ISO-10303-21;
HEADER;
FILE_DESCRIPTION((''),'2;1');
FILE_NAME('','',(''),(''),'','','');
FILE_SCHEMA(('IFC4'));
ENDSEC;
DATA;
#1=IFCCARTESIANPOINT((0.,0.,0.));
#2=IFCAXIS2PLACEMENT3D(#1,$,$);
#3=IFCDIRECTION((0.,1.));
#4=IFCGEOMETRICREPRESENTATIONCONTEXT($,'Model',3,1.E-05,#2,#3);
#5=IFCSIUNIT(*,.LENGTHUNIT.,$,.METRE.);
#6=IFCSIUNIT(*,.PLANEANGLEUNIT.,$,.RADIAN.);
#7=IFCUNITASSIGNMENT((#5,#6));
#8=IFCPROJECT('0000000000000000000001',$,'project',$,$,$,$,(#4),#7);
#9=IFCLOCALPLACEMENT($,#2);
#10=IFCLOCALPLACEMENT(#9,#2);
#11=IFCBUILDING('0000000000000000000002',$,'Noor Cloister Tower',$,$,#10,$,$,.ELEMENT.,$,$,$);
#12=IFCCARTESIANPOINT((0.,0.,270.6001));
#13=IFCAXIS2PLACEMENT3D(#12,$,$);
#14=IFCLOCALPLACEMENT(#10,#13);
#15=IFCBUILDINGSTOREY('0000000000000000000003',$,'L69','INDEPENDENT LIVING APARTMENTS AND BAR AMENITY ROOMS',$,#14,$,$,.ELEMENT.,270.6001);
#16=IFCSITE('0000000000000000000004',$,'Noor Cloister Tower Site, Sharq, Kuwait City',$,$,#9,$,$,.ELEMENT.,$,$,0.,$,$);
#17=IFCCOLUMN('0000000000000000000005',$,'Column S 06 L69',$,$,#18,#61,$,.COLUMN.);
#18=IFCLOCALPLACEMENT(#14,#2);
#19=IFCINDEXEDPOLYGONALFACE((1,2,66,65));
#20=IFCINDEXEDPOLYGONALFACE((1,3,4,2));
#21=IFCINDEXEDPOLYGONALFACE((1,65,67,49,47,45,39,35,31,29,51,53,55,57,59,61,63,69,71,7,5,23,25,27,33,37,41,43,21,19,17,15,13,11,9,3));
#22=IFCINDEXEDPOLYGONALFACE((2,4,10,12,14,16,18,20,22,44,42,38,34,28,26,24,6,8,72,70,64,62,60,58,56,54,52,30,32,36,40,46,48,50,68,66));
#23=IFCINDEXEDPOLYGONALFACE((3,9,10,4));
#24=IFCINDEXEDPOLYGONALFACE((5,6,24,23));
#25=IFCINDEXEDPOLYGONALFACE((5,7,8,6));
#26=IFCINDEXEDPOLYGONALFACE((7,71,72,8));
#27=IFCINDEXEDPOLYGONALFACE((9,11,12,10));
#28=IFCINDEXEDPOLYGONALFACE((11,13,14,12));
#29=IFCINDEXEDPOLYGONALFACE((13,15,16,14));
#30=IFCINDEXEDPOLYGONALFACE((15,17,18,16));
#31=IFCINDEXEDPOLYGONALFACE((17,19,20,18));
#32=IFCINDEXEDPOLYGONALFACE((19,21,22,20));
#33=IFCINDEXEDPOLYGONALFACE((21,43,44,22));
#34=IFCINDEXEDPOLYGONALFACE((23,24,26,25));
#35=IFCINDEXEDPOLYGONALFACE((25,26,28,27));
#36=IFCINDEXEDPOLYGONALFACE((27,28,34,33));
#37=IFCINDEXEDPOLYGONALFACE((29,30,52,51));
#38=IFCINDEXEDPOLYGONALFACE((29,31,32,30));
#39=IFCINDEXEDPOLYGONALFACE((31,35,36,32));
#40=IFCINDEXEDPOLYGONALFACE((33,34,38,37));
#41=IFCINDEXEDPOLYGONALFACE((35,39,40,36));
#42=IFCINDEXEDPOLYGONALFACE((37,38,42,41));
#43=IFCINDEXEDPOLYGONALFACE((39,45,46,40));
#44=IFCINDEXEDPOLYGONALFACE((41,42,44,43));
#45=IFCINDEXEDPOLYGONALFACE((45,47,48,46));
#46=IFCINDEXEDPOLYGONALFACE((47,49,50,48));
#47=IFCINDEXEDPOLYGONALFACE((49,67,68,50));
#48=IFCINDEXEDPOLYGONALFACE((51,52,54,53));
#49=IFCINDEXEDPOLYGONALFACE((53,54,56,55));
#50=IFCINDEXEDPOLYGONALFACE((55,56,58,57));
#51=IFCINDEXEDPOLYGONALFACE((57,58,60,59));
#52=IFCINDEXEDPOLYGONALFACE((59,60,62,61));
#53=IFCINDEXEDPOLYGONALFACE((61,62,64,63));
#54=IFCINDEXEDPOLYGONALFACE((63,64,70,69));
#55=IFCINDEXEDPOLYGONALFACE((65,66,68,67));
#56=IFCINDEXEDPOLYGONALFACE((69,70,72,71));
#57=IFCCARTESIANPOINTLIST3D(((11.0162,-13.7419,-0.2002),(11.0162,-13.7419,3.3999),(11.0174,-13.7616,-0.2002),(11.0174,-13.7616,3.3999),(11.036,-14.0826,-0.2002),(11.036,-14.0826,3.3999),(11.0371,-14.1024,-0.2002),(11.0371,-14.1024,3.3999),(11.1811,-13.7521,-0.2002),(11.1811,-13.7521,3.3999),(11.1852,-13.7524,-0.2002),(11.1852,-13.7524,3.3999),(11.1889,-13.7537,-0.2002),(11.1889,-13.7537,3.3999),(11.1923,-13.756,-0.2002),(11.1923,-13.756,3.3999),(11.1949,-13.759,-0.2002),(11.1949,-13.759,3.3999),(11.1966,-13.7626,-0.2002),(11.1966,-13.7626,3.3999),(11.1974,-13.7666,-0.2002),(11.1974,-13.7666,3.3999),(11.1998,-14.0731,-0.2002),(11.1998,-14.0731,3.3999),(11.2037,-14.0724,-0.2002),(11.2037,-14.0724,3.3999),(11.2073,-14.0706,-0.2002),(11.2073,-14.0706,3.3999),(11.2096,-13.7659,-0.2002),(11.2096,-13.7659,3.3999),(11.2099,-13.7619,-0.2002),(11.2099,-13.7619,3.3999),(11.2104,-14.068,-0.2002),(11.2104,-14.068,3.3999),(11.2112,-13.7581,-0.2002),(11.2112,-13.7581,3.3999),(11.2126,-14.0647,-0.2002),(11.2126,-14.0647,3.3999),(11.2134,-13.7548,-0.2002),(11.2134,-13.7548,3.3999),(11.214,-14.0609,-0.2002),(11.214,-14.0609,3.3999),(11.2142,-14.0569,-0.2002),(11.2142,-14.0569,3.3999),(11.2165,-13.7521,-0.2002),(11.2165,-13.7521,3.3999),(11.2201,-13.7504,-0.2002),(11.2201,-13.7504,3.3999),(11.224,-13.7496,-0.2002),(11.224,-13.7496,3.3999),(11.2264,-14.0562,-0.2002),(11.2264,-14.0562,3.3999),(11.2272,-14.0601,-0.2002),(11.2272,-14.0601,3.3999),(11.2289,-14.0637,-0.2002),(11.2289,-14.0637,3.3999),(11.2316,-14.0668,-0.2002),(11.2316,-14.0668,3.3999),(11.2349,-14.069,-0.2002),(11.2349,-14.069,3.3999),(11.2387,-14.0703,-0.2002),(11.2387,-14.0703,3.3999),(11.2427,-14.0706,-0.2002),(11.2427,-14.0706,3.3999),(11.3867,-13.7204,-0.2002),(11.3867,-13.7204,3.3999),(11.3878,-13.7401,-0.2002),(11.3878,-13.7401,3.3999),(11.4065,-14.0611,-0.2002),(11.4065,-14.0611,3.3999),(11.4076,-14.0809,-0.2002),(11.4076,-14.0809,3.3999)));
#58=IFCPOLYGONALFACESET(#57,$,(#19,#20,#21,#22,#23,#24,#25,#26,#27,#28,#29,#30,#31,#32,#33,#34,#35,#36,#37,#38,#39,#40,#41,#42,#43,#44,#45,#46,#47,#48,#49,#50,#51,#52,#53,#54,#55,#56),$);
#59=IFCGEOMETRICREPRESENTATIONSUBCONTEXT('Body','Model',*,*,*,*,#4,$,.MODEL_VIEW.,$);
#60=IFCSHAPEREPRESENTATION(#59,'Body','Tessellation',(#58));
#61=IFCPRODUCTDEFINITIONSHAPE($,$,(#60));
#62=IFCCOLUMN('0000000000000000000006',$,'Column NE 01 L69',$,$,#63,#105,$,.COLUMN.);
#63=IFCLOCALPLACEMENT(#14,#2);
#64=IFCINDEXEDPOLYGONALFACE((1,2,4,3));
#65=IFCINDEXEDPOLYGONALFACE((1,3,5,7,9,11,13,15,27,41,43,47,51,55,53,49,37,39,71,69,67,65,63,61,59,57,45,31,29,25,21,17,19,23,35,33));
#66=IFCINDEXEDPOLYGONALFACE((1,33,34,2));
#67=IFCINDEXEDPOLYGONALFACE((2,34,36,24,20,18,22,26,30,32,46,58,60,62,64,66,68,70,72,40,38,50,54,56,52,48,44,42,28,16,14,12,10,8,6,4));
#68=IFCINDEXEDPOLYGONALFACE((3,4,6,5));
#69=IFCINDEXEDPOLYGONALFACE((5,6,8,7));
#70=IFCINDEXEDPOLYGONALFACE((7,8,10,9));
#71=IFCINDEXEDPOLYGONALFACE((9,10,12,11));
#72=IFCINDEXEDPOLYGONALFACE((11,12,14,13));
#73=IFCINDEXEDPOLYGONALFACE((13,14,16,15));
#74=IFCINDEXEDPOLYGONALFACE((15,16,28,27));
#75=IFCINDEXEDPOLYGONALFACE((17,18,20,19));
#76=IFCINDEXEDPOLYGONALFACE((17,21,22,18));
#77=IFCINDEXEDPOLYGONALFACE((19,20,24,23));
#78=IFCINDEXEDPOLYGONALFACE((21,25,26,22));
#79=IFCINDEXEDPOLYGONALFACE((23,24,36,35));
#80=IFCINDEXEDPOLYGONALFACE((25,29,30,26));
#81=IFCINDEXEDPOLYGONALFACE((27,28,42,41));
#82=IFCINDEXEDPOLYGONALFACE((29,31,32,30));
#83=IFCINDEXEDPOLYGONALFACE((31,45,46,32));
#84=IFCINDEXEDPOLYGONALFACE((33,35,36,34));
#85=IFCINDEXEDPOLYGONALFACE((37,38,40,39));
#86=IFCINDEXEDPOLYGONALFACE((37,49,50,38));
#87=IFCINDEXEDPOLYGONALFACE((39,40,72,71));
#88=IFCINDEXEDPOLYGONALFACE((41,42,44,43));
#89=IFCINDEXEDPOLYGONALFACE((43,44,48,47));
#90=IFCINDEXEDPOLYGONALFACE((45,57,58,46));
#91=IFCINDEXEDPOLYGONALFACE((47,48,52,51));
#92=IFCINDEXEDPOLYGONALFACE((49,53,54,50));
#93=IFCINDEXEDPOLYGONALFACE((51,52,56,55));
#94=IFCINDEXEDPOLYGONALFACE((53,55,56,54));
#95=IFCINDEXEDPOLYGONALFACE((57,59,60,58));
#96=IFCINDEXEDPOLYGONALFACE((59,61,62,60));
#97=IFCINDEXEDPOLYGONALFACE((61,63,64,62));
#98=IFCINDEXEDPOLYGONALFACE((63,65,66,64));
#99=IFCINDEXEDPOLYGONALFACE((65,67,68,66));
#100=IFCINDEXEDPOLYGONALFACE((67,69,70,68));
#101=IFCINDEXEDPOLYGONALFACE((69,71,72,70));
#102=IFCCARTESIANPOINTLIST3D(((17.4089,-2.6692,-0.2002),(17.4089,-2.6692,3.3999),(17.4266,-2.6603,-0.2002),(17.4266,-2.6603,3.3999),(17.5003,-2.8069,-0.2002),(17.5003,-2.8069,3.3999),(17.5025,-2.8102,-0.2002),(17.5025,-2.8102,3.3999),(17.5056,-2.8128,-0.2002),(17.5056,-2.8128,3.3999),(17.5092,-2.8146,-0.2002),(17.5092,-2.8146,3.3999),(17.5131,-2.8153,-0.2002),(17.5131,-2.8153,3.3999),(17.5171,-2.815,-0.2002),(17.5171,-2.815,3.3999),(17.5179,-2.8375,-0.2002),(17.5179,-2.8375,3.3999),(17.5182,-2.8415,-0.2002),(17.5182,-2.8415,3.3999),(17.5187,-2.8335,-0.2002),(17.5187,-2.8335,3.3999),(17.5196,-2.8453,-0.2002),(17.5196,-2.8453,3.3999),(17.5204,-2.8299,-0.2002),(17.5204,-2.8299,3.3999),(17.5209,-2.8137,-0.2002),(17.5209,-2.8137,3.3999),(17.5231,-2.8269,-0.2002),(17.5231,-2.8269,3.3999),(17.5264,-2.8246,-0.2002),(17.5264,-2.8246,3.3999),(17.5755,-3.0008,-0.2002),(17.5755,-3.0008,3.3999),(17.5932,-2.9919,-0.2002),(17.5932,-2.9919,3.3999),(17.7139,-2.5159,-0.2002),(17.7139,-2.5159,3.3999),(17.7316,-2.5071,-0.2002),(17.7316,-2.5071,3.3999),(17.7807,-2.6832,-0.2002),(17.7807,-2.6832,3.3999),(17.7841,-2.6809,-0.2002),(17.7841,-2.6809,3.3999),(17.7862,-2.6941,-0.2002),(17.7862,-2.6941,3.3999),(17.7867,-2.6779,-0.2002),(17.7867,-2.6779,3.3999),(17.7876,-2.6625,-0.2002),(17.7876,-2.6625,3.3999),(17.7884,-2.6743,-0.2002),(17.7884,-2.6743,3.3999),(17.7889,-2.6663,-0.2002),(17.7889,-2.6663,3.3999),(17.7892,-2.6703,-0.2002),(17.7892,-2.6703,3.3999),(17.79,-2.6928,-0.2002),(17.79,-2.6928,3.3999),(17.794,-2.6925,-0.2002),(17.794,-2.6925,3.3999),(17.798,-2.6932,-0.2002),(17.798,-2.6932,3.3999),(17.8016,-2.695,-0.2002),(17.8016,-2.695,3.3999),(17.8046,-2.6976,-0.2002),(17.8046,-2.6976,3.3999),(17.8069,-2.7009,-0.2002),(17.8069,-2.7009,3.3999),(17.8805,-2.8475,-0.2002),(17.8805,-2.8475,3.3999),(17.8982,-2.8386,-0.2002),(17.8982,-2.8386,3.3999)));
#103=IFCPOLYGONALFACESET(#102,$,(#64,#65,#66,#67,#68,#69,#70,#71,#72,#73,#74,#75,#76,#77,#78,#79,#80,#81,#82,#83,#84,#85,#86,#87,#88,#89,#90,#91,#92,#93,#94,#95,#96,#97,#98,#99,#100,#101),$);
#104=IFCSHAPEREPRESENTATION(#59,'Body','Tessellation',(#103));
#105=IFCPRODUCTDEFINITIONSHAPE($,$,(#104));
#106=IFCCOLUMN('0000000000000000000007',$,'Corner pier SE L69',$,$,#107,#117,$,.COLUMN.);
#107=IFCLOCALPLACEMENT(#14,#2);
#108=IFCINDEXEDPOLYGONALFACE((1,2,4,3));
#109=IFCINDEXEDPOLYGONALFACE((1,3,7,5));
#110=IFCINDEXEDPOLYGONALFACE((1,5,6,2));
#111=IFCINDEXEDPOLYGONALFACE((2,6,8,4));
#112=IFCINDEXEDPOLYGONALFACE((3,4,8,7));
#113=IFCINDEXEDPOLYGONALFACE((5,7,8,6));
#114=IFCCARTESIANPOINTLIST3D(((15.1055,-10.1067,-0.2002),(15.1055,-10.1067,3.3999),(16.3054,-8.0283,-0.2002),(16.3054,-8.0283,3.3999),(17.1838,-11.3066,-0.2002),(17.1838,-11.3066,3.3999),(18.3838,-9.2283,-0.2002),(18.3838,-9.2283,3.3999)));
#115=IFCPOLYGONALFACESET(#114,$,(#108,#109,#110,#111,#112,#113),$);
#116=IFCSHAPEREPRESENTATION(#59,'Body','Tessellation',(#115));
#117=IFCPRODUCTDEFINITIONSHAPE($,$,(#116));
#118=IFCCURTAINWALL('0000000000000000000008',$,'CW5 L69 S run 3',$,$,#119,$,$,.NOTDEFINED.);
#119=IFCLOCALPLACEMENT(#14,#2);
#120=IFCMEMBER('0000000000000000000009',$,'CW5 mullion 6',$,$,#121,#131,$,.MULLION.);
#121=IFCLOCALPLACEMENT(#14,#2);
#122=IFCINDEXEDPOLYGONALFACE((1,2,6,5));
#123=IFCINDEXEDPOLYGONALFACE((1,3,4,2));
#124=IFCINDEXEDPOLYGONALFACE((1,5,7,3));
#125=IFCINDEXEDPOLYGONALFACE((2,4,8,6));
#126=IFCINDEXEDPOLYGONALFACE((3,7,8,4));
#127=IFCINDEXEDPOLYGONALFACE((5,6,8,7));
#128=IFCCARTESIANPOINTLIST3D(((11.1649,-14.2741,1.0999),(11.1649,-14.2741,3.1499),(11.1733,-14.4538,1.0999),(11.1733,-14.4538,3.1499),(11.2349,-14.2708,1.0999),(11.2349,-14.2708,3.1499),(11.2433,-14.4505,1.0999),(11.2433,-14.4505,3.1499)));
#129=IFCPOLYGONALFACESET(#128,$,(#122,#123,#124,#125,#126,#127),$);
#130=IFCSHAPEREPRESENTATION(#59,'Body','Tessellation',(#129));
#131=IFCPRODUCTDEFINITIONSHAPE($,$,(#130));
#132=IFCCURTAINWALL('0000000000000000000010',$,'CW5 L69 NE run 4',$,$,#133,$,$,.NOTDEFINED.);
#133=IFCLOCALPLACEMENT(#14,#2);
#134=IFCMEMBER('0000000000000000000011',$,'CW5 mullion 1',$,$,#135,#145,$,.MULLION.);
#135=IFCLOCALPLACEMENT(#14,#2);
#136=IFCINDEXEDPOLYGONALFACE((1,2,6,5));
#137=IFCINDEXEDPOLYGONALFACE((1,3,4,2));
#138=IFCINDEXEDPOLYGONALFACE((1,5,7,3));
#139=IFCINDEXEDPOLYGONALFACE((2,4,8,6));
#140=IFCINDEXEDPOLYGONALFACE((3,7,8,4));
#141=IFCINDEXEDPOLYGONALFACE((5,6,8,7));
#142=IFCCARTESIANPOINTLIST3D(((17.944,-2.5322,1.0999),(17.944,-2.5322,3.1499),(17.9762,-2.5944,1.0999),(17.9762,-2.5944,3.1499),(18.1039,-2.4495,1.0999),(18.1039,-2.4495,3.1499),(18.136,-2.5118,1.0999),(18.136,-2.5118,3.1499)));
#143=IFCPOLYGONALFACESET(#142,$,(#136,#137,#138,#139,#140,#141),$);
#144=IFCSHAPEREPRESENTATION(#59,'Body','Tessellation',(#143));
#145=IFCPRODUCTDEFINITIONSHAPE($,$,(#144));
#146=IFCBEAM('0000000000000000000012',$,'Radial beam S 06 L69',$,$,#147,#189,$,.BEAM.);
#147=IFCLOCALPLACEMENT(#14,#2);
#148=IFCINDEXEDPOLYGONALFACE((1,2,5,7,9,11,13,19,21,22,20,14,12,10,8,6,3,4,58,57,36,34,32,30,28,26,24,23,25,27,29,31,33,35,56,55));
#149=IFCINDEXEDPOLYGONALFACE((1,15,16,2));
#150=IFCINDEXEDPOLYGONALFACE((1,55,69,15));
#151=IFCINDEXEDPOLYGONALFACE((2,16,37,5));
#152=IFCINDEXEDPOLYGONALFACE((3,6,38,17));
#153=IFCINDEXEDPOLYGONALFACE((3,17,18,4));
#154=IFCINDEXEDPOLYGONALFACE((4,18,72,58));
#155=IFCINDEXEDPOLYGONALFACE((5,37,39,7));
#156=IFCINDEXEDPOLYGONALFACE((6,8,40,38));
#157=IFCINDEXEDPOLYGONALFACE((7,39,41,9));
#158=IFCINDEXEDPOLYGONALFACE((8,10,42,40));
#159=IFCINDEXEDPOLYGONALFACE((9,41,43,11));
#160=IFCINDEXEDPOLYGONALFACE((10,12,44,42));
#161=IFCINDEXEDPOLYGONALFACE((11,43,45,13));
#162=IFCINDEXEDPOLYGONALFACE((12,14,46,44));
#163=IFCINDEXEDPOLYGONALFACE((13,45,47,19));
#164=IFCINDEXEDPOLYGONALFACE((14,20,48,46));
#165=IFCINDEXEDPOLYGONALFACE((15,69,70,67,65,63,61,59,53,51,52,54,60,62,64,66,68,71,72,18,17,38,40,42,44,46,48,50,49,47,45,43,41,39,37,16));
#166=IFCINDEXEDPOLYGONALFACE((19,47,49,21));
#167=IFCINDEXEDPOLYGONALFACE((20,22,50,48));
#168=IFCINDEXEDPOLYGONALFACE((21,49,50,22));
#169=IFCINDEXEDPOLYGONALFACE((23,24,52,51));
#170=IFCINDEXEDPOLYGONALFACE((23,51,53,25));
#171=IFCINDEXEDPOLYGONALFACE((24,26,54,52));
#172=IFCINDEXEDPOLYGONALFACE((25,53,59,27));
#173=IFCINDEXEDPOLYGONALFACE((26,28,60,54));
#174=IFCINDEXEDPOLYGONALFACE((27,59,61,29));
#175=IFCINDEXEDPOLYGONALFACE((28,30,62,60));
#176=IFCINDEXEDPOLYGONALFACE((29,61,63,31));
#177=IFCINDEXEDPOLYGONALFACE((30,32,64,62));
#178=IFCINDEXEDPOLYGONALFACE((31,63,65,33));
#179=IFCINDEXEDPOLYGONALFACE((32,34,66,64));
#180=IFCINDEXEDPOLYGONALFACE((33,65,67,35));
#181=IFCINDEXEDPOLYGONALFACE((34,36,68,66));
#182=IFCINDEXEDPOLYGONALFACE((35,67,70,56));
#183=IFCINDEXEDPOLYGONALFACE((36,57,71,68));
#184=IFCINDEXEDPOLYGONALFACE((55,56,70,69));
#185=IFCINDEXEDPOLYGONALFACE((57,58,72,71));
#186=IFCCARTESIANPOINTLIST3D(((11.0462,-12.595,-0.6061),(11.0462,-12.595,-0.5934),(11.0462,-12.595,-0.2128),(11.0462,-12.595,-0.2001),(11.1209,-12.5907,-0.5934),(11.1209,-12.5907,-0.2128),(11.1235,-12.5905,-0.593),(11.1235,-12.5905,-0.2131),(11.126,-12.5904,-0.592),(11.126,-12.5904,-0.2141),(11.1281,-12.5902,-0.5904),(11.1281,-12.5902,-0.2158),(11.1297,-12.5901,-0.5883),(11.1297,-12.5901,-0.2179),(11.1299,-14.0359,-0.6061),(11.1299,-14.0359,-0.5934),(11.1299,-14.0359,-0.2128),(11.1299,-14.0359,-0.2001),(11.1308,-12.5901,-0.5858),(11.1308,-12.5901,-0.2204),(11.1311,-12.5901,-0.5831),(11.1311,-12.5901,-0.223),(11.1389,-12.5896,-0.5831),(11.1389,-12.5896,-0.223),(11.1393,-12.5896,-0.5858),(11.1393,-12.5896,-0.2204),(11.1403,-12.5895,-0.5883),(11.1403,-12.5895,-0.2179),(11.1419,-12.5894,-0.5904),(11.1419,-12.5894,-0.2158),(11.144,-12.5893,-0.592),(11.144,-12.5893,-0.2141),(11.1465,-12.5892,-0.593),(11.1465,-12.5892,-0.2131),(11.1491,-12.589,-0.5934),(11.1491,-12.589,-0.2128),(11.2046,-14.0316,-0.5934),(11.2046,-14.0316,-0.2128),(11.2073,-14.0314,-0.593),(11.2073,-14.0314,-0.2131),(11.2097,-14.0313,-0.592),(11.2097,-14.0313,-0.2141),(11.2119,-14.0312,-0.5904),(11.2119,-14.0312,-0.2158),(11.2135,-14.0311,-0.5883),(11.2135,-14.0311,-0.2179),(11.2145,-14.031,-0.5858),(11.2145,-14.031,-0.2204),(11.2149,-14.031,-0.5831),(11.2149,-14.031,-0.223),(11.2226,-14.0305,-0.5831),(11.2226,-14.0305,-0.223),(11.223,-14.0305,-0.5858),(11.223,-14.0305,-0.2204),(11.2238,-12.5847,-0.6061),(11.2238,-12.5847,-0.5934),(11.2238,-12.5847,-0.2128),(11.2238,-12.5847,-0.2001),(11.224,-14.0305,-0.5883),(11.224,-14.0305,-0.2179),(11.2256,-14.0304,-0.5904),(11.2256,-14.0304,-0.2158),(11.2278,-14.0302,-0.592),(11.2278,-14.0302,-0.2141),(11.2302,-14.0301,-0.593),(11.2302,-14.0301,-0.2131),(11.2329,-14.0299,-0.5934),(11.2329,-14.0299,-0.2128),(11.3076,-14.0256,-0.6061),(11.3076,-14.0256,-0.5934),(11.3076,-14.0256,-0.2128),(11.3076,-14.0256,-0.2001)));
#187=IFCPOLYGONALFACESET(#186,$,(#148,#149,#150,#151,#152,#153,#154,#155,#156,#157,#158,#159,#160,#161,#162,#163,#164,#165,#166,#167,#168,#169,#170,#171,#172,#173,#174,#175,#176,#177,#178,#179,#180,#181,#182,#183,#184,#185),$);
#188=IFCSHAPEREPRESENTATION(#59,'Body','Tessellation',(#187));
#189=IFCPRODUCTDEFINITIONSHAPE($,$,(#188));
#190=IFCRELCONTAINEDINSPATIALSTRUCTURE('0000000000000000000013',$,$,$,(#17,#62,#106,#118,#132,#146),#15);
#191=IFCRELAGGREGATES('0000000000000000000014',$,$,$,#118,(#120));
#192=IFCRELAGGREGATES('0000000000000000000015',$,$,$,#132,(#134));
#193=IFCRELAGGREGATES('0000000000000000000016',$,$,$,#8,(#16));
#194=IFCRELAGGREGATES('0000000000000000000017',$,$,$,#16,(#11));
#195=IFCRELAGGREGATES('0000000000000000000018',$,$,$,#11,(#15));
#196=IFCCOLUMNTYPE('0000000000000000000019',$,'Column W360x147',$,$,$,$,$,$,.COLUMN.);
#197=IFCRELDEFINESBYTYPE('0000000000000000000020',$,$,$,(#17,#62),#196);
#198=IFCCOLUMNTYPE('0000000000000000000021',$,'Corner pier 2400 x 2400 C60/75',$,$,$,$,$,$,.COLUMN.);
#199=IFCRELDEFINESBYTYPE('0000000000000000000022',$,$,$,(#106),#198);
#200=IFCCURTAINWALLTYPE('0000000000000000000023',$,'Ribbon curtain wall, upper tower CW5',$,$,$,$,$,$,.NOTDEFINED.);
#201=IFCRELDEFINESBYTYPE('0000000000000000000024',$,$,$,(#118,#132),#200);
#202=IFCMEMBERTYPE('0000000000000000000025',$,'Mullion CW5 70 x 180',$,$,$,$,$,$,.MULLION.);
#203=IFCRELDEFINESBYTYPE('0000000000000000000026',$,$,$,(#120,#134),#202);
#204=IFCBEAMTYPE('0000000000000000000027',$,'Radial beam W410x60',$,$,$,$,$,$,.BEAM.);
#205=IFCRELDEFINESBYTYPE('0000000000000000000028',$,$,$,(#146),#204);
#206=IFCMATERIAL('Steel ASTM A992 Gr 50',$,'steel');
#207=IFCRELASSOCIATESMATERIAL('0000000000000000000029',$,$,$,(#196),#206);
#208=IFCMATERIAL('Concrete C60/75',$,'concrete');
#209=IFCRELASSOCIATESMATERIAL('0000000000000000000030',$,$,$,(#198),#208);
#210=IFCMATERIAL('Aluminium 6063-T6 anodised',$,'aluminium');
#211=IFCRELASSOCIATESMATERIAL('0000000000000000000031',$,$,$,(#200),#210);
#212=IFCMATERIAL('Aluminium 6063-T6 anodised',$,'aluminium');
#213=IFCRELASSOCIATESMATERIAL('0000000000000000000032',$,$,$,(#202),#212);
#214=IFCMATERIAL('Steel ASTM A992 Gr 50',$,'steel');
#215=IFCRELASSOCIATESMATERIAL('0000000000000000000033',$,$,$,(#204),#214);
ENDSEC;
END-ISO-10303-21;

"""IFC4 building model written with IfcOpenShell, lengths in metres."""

from ifc_helpers import new_model, si_unit, direction, frame, origin, origin_2d, place, context, subcontext, project, spatial, rectangle, i_section, extrude, material, material_profile, profile_set, type_object, element, aggregate, save


model = new_model("IFC4")

# Units and contexts
model_context = context("Model", 3, precision=1e-05, world=origin(), true_north=direction((0.0, 1.0)))
body_context = subcontext(model_context, "Body", "Model", "MODEL_VIEW")
ifc_project = project(units=[si_unit("LENGTHUNIT", "METRE"), si_unit("PLANEANGLEUNIT", "RADIAN")], contexts=[model_context])

# Site, building, storey
site_placement = place(None, origin())
site = spatial("IfcSite", under=ifc_project, at=site_placement, Name="Noor Cloister Tower Site, Sharq, Kuwait City", CompositionType="ELEMENT", RefElevation=0.0)
building_placement = place(site_placement, origin())
building = spatial("IfcBuilding", under=site, at=building_placement, Name="Noor Cloister Tower", CompositionType="ELEMENT")
storey_placement = place(building_placement, frame((0.0, 0.0, 270.6001)))
storey = spatial("IfcBuildingStorey", under=building, at=storey_placement, Name="L69", Description="INDEPENDENT LIVING APARTMENTS AND BAR AMENITY ROOMS", CompositionType="ELEMENT", Elevation=270.6001)

# Columns
ifc_material_1 = material(Name="Steel ASTM A992 Gr 50", Category="steel")
ifc_material_profile_1 = material_profile(ifc_material_1, i_section(OverallWidth=0.3711, OverallDepth=0.3611, WebThickness=0.0122, FlangeThickness=0.0198, FilletRadius=0.0154, at=origin_2d()), Name="W360x147")
ifc_profile_set_1 = profile_set([ifc_material_profile_1], Name="Steel ASTM A992 Gr 50")
column_type_1 = type_object("IfcColumnType", Name="Column W360x147", PredefinedType="COLUMN", material=ifc_profile_set_1)
for number, where, z_axis, x_axis, name in (
    (1, (11.2119, -13.9114, -0.2002), (0.0, 0.0, 1.0), (0.99832, 0.057948, 0.0), "Column S 06 L69"),
    (2, (17.6536, -2.7539, -0.2002), (0.0, 0.0, 1.0), (-0.448975, 0.893544, 0.0), "Column NE 01 L69"),
):
    element("IfcColumn", number, at=place(storey_placement, frame(where, z_axis=z_axis, x_axis=x_axis)), inside=storey, type_object=column_type_1, Name=name, PredefinedType="COLUMN", context=body_context, shape_type="SweptSolid", body=[
        extrude(i_section(OverallWidth=0.3711, OverallDepth=0.3611, WebThickness=0.0122, FlangeThickness=0.0198, FilletRadius=0.0154, at=origin_2d()), origin(), (0.0, 0.0, 1.0), 3.6001),
    ])
ifc_material_2 = material(Name="Concrete C60/75", Category="concrete")
ifc_material_profile_2 = material_profile(ifc_material_2, rectangle(XDim=2.3999, YDim=2.3999, at=origin_2d()), Name="RC 2400x2400")
ifc_profile_set_2 = profile_set([ifc_material_profile_2], Name="Concrete C60/75")
column_type_2 = type_object("IfcColumnType", Name="Corner pier 2400 x 2400 C60/75", PredefinedType="COLUMN", material=ifc_profile_set_2)
column_placement = place(storey_placement, frame((16.7446, -9.6675, -0.2002), z_axis=(0.0, 0.0, 1.0), x_axis=(0.866025, -0.5, 0.0)))
element("IfcColumn", 3, at=column_placement, inside=storey, type_object=column_type_2, Name="Corner pier SE L69", PredefinedType="COLUMN", context=body_context, shape_type="SweptSolid", body=[
    extrude(rectangle(XDim=2.3999, YDim=2.3999, at=origin_2d()), origin(), (0.0, 0.0, 1.0), 3.6001),
])

# Curtain walls, members
ifc_material_3 = material(Name="Aluminium 6063-T6 anodised", Category="aluminium")
curtain_wall_type = type_object("IfcCurtainWallType", Name="Ribbon curtain wall, upper tower CW5", PredefinedType="NOTDEFINED", material=ifc_material_3)
curtain_wall_1_placement = place(storey_placement, origin())
curtain_wall_1 = element("IfcCurtainWall", 4, at=curtain_wall_1_placement, inside=storey, type_object=curtain_wall_type, Name="CW5 L69 S run 3", PredefinedType="NOTDEFINED")
ifc_material_4 = material(Name="Aluminium 6063-T6 anodised", Category="aluminium")
ifc_material_profile_3 = material_profile(ifc_material_4, rectangle(XDim=0.1799, YDim=0.0701, at=origin_2d()), Name="180 x 70 mullion")
ifc_profile_set_3 = profile_set([ifc_material_profile_3], Name="Aluminium 6063-T6 anodised")
member_type = type_object("IfcMemberType", Name="Mullion CW5 70 x 180", PredefinedType="MULLION", material=ifc_profile_set_3)
member_1_placement = place(storey_placement, frame((11.2041, -14.3623, 1.0999), z_axis=(0.0, 0.0, 1.0), x_axis=(-0.046368, 0.998924, 0.0)))
member_1 = element("IfcMember", 5, at=member_1_placement, type_object=member_type, Name="CW5 mullion 6", PredefinedType="MULLION", context=body_context, shape_type="SweptSolid", body=[
    extrude(rectangle(XDim=0.1799, YDim=0.0701, at=origin_2d()), origin(), (0.0, 0.0, 1.0), 2.05),
])
aggregate(curtain_wall_1, [member_1])
curtain_wall_2_placement = place(storey_placement, origin())
curtain_wall_2 = element("IfcCurtainWall", 6, at=curtain_wall_2_placement, inside=storey, type_object=curtain_wall_type, Name="CW5 L69 NE run 4", PredefinedType="NOTDEFINED")
member_2_placement = place(storey_placement, frame((18.04, -2.522, 1.0999), z_axis=(0.0, 0.0, 1.0), x_axis=(-0.888278, -0.459306, 0.0)))
member_2 = element("IfcMember", 7, at=member_2_placement, type_object=member_type, Name="CW5 mullion 1", PredefinedType="MULLION", context=body_context, shape_type="SweptSolid", body=[
    extrude(rectangle(XDim=0.1799, YDim=0.0701, at=origin_2d()), origin(), (0.0, 0.0, 1.0), 2.05),
])

# Beam
ifc_material_5 = material(Name="Steel ASTM A992 Gr 50", Category="steel")
ifc_material_profile_4 = material_profile(ifc_material_5, i_section(OverallWidth=0.178, OverallDepth=0.406, WebThickness=0.0078, FlangeThickness=0.0127, FilletRadius=0.0103, at=origin_2d()), Name="W410x60")
ifc_profile_set_4 = profile_set([ifc_material_profile_4], Name="Steel ASTM A992 Gr 50")
beam_type_1 = type_object("IfcBeamType", Name="Radial beam W410x60", PredefinedType="BEAM", material=ifc_profile_set_4)
beam_1_placement = place(storey_placement, frame((11.2188, -14.0308, -0.4031), z_axis=(-0.058018, 0.998316, 0.0), x_axis=(-0.998316, -0.058018, 0.0)))
element("IfcBeam", 8, at=beam_1_placement, inside=storey, type_object=beam_type_1, Name="Radial beam S 06 L69", PredefinedType="BEAM", context=body_context, shape_type="SweptSolid", body=[
    extrude(i_section(OverallWidth=0.178, OverallDepth=0.406, WebThickness=0.0078, FlangeThickness=0.0127, FilletRadius=0.0103, at=origin_2d()), origin(), (0.0, 0.0, 1.0), 1.4434),
])

aggregate(curtain_wall_2, [member_2])

save(model, "model.ifc")
